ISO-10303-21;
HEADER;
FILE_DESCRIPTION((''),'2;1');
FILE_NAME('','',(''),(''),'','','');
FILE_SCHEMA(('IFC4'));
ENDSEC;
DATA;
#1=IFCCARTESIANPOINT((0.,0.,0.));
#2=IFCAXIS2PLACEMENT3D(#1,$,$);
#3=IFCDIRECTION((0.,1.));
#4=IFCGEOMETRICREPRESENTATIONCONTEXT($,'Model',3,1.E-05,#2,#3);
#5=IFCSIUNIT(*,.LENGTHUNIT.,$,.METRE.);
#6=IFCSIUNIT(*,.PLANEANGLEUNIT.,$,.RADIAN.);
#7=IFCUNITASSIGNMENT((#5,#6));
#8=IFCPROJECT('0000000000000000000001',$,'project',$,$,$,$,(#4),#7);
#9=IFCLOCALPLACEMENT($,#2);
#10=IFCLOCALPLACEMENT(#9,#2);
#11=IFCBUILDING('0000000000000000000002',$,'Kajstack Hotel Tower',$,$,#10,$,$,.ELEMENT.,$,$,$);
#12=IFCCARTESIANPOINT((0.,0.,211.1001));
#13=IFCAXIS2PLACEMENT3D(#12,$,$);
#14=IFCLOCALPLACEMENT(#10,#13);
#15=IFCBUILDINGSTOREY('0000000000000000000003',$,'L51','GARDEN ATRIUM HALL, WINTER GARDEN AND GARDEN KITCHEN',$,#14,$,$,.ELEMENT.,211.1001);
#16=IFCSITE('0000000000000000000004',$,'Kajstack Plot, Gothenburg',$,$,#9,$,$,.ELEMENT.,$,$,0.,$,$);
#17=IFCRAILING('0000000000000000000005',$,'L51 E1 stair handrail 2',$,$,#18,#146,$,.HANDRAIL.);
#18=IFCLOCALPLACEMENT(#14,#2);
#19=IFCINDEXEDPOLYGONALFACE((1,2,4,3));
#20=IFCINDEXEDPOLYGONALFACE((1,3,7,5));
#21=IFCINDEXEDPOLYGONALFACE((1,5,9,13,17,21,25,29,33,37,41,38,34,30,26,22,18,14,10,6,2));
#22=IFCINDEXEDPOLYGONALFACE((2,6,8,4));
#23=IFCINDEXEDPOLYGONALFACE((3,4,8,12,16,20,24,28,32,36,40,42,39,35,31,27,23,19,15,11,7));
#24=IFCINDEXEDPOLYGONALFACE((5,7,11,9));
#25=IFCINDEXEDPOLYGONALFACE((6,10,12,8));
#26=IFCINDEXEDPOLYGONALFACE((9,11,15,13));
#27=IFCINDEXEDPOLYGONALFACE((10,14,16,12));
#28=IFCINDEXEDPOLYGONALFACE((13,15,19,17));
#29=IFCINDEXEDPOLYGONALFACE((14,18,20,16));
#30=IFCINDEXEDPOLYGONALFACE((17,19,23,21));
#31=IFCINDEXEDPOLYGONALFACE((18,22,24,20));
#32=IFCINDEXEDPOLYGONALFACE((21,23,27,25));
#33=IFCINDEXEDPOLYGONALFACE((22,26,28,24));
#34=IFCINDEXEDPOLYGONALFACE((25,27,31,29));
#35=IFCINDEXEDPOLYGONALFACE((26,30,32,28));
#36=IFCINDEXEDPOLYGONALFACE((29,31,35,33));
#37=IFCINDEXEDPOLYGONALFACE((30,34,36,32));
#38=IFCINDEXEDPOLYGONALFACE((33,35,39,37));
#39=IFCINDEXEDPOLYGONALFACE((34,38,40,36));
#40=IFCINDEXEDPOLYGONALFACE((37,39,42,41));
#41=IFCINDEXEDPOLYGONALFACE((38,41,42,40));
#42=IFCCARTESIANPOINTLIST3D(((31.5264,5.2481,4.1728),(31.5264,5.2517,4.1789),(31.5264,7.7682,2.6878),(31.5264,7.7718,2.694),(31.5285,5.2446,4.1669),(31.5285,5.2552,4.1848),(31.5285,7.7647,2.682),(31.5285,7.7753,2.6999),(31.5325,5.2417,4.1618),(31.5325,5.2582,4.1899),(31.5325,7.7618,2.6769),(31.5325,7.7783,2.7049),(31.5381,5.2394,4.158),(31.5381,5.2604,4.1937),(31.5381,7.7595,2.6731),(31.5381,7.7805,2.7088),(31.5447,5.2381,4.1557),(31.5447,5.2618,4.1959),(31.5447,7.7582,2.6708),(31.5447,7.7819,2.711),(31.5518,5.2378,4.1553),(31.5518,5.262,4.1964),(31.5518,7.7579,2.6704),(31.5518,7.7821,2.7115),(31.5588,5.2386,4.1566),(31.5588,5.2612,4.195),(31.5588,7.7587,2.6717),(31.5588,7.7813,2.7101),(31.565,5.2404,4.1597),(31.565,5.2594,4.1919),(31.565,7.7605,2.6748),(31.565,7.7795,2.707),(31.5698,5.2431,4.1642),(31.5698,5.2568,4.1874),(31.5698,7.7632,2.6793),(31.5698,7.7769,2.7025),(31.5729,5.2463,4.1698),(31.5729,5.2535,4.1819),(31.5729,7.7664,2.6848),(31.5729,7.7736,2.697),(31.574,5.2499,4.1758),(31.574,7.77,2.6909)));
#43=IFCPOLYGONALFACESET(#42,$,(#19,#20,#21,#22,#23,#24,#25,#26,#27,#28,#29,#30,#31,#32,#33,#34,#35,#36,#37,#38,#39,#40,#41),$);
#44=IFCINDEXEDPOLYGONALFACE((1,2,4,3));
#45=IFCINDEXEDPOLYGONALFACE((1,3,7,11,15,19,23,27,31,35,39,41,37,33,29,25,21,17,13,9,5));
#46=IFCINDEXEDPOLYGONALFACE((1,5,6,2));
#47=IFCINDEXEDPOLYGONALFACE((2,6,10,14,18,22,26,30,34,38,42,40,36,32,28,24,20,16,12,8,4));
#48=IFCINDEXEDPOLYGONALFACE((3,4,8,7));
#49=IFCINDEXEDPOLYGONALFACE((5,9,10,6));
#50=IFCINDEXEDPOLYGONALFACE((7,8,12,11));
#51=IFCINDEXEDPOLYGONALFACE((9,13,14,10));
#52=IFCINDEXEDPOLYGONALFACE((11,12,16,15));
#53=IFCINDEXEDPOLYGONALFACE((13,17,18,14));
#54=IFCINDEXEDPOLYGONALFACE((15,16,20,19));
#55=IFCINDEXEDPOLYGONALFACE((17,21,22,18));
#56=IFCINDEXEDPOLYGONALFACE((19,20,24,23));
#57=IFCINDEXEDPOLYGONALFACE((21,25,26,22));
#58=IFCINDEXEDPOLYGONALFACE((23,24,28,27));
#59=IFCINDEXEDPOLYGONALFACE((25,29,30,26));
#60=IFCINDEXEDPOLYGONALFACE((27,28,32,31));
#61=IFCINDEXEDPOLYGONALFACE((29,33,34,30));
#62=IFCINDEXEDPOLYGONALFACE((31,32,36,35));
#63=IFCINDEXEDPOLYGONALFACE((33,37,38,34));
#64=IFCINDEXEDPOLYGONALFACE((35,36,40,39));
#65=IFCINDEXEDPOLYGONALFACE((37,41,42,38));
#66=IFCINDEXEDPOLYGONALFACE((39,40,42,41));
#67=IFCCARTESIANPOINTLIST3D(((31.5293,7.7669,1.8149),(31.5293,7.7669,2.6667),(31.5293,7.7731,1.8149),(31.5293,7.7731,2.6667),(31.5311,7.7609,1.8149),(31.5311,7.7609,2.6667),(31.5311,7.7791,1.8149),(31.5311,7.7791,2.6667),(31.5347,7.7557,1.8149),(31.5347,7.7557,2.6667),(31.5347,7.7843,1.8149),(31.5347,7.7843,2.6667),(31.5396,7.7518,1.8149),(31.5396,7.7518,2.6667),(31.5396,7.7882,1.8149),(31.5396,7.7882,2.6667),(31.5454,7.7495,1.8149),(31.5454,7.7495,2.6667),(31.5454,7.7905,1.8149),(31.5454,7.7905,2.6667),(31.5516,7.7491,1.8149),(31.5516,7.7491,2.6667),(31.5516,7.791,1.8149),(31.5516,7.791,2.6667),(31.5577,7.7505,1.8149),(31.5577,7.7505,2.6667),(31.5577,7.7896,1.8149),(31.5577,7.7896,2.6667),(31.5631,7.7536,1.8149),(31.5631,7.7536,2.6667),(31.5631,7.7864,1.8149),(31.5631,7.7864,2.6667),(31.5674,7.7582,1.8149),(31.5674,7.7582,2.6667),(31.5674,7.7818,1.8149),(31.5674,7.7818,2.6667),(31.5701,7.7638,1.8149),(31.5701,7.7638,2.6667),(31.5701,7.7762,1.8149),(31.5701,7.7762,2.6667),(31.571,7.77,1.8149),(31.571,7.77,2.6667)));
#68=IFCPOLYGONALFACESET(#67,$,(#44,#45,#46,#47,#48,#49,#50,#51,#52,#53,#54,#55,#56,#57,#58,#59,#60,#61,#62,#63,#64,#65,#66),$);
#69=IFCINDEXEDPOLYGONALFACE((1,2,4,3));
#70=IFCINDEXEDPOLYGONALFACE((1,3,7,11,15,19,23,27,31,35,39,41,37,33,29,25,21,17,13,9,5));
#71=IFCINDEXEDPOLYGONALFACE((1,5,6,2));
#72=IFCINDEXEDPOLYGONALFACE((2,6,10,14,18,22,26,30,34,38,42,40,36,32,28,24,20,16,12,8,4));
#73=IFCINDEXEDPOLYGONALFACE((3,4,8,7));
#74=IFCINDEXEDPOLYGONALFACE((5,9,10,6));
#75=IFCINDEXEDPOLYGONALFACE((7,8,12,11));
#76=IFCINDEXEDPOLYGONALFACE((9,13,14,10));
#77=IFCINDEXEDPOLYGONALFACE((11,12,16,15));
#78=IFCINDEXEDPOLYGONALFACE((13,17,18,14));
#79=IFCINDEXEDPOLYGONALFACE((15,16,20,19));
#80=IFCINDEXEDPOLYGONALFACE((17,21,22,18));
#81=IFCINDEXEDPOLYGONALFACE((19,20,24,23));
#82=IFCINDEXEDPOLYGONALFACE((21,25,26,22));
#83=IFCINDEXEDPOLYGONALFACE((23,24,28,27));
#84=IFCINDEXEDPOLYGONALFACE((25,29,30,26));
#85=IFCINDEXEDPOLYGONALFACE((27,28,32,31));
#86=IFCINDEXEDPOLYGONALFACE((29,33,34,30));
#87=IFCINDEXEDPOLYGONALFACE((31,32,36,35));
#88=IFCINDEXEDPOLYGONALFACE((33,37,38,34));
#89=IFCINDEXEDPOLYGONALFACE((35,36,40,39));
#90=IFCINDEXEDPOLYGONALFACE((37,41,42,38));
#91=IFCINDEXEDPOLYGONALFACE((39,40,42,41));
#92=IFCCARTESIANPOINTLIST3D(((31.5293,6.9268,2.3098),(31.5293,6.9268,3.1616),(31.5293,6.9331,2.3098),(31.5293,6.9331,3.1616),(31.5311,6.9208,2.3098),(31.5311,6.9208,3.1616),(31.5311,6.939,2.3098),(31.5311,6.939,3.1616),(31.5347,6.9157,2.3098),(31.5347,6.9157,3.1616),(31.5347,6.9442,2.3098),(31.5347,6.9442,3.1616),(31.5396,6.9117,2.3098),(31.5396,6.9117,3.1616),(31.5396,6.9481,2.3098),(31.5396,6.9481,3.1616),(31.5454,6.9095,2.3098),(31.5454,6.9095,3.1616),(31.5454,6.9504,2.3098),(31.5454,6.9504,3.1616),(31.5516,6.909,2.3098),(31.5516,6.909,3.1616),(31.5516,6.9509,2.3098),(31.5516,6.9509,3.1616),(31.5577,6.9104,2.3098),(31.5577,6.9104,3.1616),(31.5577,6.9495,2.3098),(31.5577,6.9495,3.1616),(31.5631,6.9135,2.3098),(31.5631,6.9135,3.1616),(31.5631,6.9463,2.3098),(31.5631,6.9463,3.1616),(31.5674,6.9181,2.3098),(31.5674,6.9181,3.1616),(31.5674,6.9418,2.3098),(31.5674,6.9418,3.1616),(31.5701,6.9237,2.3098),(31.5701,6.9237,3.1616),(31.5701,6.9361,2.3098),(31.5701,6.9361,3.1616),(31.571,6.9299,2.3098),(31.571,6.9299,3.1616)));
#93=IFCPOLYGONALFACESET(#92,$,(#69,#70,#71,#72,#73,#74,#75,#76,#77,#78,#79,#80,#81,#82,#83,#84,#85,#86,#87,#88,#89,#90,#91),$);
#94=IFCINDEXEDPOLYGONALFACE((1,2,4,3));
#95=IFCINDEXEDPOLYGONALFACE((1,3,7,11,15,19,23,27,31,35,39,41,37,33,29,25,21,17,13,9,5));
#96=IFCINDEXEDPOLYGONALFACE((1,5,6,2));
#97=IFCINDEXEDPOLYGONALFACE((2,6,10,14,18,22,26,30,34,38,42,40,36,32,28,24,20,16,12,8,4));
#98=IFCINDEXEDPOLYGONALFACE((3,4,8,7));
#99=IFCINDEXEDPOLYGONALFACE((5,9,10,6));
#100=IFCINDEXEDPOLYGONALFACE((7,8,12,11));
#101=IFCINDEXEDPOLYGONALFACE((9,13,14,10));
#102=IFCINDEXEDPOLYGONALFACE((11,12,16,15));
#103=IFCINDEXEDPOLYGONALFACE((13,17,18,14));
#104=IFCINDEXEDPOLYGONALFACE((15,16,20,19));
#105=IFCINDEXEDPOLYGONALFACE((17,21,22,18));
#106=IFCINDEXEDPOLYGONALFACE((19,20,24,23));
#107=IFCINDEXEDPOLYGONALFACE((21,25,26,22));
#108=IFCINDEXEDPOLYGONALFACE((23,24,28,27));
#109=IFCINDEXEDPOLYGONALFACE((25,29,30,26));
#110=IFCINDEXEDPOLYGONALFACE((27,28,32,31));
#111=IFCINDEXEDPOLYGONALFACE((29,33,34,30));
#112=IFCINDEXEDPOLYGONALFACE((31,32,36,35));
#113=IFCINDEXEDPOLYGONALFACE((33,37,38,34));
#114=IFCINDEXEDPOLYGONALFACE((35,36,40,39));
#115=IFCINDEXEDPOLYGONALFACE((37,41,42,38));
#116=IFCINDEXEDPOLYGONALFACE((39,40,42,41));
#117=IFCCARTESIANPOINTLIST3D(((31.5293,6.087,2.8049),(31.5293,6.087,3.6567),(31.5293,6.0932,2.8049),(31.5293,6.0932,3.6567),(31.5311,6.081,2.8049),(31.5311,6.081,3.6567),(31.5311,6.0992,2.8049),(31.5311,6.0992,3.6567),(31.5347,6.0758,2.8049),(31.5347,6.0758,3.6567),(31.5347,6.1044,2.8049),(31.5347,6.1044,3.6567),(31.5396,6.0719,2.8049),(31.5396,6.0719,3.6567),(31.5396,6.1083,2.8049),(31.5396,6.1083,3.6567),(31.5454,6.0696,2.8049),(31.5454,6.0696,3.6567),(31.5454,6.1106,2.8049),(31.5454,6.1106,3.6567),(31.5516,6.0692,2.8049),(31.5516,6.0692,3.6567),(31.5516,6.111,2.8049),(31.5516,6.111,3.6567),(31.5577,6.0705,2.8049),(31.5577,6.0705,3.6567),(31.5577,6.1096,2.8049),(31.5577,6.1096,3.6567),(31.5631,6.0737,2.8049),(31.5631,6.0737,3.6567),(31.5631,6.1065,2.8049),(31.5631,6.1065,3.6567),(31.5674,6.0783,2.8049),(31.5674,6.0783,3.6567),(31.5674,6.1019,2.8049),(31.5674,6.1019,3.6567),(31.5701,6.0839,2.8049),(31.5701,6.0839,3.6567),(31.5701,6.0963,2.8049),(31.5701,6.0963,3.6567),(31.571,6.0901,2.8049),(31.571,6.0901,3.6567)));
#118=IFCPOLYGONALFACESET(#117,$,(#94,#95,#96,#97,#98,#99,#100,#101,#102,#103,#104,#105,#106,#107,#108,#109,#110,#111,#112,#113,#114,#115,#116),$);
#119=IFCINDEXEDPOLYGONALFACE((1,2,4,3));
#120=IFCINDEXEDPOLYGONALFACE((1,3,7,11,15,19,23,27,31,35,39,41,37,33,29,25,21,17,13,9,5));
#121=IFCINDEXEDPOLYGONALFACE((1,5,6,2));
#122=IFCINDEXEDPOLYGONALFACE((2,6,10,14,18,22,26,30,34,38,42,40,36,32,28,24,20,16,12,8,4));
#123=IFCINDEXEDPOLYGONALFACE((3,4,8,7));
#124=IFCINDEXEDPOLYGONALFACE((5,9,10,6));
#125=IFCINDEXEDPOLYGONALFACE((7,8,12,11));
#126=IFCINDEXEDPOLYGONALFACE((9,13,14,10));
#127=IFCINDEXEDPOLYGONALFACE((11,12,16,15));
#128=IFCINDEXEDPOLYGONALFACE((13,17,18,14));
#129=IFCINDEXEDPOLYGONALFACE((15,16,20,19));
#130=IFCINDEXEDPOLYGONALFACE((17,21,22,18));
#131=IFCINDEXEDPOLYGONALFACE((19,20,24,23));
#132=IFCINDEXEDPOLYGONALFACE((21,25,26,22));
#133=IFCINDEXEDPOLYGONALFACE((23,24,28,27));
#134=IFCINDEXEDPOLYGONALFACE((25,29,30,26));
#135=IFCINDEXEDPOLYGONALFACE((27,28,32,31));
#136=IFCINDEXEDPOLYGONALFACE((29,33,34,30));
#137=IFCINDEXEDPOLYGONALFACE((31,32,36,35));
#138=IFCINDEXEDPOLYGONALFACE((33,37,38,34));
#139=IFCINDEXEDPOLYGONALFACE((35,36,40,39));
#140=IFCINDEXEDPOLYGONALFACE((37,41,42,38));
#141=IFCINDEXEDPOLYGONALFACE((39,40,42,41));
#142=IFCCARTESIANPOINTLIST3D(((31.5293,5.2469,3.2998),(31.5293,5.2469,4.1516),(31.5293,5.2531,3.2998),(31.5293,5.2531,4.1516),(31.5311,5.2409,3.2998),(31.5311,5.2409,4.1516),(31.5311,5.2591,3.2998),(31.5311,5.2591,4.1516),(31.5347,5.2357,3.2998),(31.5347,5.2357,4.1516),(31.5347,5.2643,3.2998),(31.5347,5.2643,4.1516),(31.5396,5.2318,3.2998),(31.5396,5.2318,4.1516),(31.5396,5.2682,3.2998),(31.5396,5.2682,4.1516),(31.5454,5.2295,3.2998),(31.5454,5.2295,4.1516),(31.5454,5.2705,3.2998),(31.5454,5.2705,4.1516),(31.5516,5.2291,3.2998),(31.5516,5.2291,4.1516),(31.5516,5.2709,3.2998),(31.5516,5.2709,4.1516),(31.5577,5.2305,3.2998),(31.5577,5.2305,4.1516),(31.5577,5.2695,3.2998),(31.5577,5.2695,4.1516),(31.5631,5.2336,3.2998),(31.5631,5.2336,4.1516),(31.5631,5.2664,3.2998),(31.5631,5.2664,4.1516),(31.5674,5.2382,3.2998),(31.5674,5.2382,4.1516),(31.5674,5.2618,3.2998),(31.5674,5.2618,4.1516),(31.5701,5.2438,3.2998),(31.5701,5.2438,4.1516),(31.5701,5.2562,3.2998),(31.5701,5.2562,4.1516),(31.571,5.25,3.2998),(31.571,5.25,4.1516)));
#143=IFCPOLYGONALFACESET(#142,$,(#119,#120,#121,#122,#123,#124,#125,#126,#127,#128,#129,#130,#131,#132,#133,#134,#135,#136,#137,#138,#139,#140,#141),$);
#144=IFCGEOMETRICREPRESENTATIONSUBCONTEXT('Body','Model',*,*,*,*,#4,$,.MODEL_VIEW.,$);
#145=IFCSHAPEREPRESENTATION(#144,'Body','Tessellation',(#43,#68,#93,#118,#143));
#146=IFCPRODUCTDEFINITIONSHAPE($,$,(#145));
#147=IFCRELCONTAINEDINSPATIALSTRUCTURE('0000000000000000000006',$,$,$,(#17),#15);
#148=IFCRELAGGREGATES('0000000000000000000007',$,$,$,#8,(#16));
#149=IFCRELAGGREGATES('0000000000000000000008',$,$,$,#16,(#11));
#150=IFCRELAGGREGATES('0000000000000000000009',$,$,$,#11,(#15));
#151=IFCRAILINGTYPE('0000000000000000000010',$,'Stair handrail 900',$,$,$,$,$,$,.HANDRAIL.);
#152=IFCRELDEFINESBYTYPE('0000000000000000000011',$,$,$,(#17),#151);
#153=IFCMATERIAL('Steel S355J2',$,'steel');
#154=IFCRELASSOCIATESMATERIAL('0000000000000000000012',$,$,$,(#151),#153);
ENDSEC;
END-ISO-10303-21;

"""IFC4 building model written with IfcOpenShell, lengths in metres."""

from ifc_helpers import new_model, si_unit, direction, frame, origin, origin_2d, place, context, subcontext, project, spatial, circle, extrude, material, type_object, element, save


model = new_model("IFC4")

# Units and contexts
model_context = context("Model", 3, precision=1e-05, world=origin(), true_north=direction((0.0, 1.0)))
body_context = subcontext(model_context, "Body", "Model", "MODEL_VIEW")
ifc_project = project(units=[si_unit("LENGTHUNIT", "METRE"), si_unit("PLANEANGLEUNIT", "RADIAN")], contexts=[model_context])

# Site, building, storey
site_placement = place(None, origin())
site = spatial("IfcSite", under=ifc_project, at=site_placement, Name="Kajstack Plot, Gothenburg", CompositionType="ELEMENT", RefElevation=0.0)
building_placement = place(site_placement, origin())
building = spatial("IfcBuilding", under=site, at=building_placement, Name="Kajstack Hotel Tower", CompositionType="ELEMENT")
storey_placement = place(building_placement, frame((0.0, 0.0, 211.1001)))
storey = spatial("IfcBuildingStorey", under=building, at=storey_placement, Name="L51", Description="GARDEN ATRIUM HALL, WINTER GARDEN AND GARDEN KITCHEN", CompositionType="ELEMENT", Elevation=211.1001)

# Railing
ifc_material_1 = material(Name="Steel S355J2", Category="steel")
railing_type_1 = type_object("IfcRailingType", Name="Stair handrail 900", PredefinedType="HANDRAIL", material=ifc_material_1)
railing_1_placement = place(storey_placement, frame((31.55, 7.77, 1.8149)))
element("IfcRailing", 1, at=railing_1_placement, inside=storey, type_object=railing_type_1, Name="L51 E1 stair handrail 2", PredefinedType="HANDRAIL", context=body_context, shape_type="SweptSolid", body=[
    extrude(circle(Radius=0.0239, at=origin_2d()), frame((0.0, 0.0, 0.876), z_axis=(0.0, -0.861561, 0.507655), x_axis=(1.0, 0.0, 0.0)), (0.0, 0.0, 1.0), 2.925),
    extrude(circle(Radius=0.021, at=origin_2d()), origin(), (0.0, 0.0, 1.0), 0.8518),
    extrude(circle(Radius=0.021, at=origin_2d()), frame((0.0, -0.8401, 0.4949)), (0.0, 0.0, 1.0), 0.8518),
    extrude(circle(Radius=0.021, at=origin_2d()), frame((0.0, -1.6799, 0.99)), (0.0, 0.0, 1.0), 0.8518),
    extrude(circle(Radius=0.021, at=origin_2d()), frame((0.0, -2.52, 1.4849)), (0.0, 0.0, 1.0), 0.8518),
])

save(model, "model.ifc")
